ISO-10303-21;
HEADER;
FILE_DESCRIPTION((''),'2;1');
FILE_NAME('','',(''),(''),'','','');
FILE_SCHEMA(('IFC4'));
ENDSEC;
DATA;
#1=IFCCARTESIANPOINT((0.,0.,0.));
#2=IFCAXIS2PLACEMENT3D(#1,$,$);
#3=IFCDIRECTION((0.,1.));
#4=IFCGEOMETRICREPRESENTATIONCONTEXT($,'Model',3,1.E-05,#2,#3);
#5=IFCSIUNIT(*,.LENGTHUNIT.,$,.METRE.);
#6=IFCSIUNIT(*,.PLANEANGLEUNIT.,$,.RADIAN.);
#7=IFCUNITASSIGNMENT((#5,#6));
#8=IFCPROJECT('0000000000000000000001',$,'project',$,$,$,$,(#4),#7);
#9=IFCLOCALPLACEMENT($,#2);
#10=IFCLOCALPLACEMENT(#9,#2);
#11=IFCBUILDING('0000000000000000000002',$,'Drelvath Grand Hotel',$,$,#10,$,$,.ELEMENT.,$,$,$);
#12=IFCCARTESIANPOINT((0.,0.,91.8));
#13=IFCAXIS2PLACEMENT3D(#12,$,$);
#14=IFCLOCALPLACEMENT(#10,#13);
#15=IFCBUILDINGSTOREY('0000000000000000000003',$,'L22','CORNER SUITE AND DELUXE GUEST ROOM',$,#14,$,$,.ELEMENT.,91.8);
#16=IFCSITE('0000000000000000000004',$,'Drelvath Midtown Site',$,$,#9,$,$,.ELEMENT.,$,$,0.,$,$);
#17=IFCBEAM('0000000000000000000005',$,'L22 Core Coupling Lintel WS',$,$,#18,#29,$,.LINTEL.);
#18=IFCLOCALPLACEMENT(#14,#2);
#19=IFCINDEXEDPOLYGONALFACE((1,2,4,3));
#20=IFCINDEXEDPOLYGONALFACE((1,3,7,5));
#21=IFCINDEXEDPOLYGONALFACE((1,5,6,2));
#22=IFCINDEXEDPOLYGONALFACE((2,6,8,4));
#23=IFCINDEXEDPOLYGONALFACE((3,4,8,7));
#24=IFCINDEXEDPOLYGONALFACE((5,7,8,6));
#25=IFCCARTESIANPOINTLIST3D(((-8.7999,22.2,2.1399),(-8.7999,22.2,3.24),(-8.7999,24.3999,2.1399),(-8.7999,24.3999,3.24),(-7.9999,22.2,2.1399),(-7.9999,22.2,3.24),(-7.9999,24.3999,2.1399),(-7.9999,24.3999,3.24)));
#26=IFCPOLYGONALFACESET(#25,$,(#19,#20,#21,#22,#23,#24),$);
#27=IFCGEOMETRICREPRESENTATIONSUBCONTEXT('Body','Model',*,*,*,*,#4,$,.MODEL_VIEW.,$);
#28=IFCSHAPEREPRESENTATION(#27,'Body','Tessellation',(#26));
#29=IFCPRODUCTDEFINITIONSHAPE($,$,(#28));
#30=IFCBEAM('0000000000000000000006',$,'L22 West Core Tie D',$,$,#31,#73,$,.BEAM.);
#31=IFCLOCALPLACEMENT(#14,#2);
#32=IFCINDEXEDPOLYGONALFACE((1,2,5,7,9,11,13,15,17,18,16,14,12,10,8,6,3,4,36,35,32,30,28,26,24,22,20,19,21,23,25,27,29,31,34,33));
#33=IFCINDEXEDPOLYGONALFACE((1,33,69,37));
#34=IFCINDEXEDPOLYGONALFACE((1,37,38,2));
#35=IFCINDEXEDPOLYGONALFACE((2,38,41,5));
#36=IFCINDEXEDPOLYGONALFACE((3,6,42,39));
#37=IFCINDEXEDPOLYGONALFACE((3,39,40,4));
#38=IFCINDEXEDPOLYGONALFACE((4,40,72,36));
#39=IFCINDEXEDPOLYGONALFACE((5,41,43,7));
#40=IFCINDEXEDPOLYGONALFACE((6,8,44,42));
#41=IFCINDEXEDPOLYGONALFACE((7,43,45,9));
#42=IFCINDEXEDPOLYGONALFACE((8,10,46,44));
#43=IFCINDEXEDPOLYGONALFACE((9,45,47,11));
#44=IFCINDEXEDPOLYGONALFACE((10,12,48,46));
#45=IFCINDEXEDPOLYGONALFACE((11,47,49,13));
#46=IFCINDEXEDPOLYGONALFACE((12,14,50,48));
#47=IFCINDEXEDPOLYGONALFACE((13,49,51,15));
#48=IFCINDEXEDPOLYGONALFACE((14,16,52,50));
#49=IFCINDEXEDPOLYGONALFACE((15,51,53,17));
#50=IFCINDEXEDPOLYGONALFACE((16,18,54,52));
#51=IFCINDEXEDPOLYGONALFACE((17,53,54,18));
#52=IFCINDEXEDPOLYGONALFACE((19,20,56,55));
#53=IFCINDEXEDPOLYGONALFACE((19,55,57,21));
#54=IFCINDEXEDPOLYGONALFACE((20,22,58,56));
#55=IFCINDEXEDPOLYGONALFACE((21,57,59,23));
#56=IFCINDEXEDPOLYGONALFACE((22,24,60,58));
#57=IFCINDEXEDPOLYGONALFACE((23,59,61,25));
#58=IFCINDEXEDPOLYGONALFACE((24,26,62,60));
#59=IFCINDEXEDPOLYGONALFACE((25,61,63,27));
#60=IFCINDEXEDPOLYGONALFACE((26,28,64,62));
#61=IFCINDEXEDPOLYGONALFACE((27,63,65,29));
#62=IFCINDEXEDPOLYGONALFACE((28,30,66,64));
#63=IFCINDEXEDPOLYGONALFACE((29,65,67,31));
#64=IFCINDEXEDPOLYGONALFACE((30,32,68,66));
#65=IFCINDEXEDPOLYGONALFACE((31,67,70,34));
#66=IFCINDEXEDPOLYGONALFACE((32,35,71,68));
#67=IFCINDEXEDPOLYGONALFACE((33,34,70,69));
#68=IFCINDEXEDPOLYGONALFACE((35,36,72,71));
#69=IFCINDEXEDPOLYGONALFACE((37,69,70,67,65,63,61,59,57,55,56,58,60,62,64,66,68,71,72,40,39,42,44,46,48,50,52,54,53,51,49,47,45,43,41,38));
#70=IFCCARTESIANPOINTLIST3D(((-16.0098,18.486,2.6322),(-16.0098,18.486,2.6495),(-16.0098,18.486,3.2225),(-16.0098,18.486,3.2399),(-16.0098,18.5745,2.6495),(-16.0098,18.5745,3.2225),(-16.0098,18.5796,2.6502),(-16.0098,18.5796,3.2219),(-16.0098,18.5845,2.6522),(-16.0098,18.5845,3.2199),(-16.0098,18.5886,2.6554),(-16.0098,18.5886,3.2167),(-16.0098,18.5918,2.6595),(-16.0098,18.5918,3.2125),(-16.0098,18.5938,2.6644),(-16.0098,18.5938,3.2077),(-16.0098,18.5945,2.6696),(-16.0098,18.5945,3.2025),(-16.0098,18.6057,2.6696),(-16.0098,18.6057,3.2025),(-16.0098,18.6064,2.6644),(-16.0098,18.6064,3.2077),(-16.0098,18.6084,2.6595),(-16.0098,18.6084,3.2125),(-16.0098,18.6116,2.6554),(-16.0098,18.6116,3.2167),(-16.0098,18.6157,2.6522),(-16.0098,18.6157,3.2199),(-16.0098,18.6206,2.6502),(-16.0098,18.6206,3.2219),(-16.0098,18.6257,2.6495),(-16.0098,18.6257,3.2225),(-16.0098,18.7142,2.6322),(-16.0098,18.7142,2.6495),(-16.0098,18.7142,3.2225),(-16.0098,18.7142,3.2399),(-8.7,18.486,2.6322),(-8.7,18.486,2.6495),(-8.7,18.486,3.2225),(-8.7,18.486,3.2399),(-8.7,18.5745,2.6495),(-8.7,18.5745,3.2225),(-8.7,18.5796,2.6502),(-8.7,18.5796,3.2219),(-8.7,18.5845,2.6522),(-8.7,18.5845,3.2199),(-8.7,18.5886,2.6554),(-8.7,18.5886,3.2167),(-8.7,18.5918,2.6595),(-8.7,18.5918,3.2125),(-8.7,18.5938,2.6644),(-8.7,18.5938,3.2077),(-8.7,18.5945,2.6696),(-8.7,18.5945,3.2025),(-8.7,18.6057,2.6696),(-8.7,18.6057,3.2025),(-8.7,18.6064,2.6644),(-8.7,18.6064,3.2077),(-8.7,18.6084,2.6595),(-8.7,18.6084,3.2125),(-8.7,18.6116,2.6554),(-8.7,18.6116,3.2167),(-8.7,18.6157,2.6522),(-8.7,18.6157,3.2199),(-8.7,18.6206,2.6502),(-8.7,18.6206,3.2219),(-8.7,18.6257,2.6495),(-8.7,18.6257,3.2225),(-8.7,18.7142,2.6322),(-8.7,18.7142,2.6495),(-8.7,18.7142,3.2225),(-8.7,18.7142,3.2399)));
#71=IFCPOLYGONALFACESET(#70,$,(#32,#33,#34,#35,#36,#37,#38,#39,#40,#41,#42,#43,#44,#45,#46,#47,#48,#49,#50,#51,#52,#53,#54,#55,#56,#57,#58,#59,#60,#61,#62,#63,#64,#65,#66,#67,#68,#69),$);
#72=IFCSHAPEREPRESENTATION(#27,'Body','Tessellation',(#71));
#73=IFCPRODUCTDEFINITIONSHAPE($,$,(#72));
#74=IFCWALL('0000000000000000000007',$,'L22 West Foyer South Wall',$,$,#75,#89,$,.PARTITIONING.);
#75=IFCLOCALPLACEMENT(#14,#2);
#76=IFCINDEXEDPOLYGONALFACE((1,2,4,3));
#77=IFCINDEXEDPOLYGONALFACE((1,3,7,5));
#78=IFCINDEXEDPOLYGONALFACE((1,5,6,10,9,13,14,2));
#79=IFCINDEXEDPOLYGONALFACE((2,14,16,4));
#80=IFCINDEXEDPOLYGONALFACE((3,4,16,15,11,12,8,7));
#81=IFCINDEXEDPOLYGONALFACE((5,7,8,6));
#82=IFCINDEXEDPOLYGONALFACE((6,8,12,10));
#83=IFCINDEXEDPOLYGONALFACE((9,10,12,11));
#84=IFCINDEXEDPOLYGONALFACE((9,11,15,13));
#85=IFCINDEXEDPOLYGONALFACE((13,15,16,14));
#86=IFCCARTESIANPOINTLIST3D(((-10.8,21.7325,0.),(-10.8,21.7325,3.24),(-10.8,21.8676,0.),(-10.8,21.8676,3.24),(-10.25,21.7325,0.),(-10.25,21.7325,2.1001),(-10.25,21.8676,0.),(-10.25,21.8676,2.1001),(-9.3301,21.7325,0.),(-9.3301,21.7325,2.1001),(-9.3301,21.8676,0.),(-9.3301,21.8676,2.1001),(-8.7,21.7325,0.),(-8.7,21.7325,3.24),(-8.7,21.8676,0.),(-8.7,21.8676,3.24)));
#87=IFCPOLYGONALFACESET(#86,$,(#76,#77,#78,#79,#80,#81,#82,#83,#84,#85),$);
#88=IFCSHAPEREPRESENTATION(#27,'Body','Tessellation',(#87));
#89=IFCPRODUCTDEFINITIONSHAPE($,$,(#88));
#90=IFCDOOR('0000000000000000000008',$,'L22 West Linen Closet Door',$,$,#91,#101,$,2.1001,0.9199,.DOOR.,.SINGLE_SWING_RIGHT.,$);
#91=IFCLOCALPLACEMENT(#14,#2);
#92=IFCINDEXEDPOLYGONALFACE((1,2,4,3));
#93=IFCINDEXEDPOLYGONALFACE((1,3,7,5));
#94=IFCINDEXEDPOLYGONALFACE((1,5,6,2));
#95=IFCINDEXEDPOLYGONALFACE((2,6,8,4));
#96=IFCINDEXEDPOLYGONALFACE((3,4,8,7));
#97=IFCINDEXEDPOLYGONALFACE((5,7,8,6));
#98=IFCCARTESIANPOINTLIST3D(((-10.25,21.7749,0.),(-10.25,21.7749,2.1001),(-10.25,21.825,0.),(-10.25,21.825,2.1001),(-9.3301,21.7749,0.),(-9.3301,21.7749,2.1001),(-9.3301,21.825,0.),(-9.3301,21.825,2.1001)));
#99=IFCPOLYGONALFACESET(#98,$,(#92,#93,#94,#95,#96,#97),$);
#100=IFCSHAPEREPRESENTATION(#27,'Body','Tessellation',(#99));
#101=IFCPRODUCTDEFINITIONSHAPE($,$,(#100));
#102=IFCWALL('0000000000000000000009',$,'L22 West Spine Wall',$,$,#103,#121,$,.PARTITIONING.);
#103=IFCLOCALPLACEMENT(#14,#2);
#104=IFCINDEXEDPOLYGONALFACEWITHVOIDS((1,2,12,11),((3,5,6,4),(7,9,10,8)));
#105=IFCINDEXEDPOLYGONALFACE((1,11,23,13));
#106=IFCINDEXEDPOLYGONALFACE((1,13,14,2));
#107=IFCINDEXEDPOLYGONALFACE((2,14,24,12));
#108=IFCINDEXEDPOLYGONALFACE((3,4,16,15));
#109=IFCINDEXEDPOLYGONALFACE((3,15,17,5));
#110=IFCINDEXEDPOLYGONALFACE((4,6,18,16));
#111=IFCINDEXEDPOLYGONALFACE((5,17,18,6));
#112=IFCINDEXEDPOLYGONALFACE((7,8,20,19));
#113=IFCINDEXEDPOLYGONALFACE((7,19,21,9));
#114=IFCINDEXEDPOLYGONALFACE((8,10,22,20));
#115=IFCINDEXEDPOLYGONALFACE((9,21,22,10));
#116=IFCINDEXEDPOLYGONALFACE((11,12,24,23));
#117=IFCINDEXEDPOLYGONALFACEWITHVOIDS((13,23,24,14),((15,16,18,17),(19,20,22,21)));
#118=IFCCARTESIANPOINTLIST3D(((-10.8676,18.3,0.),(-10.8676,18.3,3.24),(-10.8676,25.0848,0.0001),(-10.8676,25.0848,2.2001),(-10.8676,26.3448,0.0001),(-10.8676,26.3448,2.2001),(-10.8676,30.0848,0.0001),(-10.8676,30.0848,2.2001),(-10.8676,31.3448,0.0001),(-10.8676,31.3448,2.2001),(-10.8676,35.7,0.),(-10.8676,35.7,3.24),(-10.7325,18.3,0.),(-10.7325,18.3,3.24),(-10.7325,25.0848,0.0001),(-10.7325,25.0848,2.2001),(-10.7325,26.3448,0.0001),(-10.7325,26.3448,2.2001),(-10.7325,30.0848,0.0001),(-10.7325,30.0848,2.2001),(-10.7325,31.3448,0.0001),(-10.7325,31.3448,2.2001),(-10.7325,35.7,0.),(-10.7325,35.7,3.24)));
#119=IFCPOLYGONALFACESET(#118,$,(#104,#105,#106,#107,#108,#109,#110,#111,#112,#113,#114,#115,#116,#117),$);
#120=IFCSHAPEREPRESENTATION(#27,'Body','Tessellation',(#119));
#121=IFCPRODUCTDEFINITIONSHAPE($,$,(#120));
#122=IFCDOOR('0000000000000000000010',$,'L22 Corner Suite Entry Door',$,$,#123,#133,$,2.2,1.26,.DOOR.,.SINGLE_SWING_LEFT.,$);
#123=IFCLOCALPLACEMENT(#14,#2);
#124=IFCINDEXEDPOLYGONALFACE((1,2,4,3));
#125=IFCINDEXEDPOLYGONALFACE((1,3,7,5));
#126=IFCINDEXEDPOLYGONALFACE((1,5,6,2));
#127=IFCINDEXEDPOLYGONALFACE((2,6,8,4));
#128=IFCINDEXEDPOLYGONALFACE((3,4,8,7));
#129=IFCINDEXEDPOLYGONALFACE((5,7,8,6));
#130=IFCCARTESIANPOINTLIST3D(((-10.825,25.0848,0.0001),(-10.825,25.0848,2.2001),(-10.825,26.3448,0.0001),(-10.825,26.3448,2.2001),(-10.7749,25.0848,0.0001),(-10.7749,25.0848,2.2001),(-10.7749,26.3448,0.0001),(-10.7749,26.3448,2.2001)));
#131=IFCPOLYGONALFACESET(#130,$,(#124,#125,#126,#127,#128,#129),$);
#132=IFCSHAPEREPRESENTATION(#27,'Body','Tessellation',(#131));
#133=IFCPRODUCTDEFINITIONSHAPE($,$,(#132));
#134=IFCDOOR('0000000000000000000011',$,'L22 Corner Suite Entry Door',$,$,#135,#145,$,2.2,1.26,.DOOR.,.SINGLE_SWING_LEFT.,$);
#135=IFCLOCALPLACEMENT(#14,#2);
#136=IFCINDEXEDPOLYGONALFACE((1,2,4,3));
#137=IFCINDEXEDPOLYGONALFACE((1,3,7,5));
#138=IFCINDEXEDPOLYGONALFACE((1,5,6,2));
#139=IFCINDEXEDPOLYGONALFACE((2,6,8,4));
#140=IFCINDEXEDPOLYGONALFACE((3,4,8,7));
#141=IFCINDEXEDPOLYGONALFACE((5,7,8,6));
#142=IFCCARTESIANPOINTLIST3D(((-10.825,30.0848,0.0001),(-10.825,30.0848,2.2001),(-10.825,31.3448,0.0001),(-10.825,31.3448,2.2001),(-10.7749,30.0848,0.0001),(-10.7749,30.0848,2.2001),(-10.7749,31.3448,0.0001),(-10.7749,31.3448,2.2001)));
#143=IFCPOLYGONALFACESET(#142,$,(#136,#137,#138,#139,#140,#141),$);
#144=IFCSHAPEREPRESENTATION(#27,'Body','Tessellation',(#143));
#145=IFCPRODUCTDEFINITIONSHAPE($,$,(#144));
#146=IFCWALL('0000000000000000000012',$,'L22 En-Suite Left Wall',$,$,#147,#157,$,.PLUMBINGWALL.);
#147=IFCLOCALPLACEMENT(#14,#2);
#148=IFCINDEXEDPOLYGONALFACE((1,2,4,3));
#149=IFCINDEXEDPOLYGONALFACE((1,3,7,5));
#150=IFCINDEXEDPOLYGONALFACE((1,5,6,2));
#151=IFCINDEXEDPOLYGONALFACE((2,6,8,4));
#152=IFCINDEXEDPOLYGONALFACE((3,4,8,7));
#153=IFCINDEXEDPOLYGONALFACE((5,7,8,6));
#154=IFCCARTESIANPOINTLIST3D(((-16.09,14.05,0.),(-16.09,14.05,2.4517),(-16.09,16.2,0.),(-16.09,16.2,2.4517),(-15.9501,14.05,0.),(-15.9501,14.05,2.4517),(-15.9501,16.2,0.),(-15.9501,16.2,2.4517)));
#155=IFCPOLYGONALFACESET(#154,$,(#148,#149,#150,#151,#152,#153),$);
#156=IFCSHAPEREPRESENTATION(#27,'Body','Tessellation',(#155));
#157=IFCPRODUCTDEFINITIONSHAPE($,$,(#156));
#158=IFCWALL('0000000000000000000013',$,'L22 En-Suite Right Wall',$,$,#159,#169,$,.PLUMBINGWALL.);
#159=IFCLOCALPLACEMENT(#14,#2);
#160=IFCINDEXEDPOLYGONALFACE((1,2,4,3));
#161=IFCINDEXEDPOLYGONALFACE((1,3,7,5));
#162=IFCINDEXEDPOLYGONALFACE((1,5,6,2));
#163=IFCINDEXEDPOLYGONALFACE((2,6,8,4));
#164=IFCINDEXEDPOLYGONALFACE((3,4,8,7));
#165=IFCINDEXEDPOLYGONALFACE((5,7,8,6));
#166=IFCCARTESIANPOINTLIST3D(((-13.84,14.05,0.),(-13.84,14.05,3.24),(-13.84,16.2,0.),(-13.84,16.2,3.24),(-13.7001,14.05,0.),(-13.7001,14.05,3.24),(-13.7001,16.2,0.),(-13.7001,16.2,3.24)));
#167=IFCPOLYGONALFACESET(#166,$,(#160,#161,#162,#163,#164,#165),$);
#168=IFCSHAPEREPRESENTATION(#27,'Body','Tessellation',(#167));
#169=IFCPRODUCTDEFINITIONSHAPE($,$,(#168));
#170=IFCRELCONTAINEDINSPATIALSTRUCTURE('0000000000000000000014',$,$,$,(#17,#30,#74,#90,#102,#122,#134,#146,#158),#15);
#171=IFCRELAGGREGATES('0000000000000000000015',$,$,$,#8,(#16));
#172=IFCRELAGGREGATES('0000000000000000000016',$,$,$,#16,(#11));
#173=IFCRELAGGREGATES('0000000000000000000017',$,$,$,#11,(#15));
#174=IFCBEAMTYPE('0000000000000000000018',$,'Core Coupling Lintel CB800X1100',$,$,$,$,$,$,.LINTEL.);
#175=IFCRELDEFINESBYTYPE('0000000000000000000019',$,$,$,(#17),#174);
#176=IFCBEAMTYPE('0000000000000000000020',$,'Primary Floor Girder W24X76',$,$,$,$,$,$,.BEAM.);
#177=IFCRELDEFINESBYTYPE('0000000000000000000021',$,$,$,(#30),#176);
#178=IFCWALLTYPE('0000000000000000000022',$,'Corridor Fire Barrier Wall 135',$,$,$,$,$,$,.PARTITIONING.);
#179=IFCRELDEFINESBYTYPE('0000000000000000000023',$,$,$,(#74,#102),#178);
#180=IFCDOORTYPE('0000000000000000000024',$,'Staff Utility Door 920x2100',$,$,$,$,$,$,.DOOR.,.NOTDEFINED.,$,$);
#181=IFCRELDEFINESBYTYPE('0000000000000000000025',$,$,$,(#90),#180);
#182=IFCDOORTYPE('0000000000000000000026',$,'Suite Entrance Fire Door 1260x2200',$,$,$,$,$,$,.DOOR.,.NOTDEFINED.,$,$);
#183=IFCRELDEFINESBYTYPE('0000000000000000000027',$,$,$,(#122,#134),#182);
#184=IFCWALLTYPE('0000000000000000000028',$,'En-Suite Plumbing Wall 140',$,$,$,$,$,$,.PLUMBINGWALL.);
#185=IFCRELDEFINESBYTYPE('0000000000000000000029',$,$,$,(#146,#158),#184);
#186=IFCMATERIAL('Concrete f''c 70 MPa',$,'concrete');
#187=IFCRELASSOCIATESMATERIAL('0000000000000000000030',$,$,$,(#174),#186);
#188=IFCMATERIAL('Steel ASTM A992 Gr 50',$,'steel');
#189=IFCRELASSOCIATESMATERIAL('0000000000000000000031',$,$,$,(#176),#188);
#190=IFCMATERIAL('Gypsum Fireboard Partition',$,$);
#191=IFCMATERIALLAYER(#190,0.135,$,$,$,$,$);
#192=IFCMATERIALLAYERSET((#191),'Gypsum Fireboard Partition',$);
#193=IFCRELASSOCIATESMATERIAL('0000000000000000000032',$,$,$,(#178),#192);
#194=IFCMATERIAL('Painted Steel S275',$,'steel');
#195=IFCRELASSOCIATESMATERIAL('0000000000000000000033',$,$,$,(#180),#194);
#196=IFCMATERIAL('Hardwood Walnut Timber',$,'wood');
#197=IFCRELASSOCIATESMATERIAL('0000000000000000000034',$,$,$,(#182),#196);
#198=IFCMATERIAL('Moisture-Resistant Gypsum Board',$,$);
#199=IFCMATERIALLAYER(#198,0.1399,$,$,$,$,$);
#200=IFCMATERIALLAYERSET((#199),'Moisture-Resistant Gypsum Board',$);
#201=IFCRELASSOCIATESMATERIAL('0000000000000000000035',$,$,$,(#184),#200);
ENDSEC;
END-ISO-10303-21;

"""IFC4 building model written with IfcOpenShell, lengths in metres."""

from ifc_helpers import new_model, si_unit, direction, frame, frame_2d, origin, origin_2d, place, context, subcontext, project, spatial, rectangle, i_section, extrude, material, layer, layer_set, material_profile, profile_set, type_object, element, fill, save


model = new_model("IFC4")

# Units and contexts
model_context = context("Model", 3, precision=1e-05, world=origin(), true_north=direction((0.0, 1.0)))
body_context = subcontext(model_context, "Body", "Model", "MODEL_VIEW")
ifc_project = project(units=[si_unit("LENGTHUNIT", "METRE"), si_unit("PLANEANGLEUNIT", "RADIAN")], contexts=[model_context])

# Site, building, storey
site_placement = place(None, origin())
site = spatial("IfcSite", under=ifc_project, at=site_placement, Name="Drelvath Midtown Site", CompositionType="ELEMENT", RefElevation=0.0)
building_placement = place(site_placement, origin())
building = spatial("IfcBuilding", under=site, at=building_placement, Name="Drelvath Grand Hotel", CompositionType="ELEMENT")
storey_placement = place(building_placement, frame((0.0, 0.0, 91.8)))
storey = spatial("IfcBuildingStorey", under=building, at=storey_placement, Name="L22", Description="CORNER SUITE AND DELUXE GUEST ROOM", CompositionType="ELEMENT", Elevation=91.8)

# Beams
ifc_material_1 = material(Name="Concrete f'c 70 MPa", Category="concrete")
ifc_material_profile_1 = material_profile(ifc_material_1, rectangle(XDim=0.8, YDim=1.1001, at=origin_2d()), Name="CB800X1100")
ifc_profile_set_1 = profile_set([ifc_material_profile_1], Name="Concrete f'c 70 MPa")
beam_type_1 = type_object("IfcBeamType", Name="Core Coupling Lintel CB800X1100", PredefinedType="LINTEL", material=ifc_profile_set_1)
beam_1_placement = place(storey_placement, frame((-8.3999, 22.2, 2.6899), z_axis=(0.0, 1.0, 0.0), x_axis=(-1.0, 0.0, 0.0)))
element("IfcBeam", 1, at=beam_1_placement, inside=storey, type_object=beam_type_1, Name="L22 Core Coupling Lintel WS", PredefinedType="LINTEL", context=body_context, shape_type="SweptSolid", body=[
    extrude(rectangle(XDim=0.8, YDim=1.1001, at=origin_2d()), origin(), (0.0, 0.0, 1.0), 2.2),
])
ifc_material_2 = material(Name="Steel ASTM A992 Gr 50", Category="steel")
ifc_material_profile_2 = material_profile(ifc_material_2, i_section(OverallWidth=0.2283, OverallDepth=0.6077, WebThickness=0.0112, FlangeThickness=0.0173, FilletRadius=0.02, at=origin_2d()), Name="W24X76")
ifc_profile_set_2 = profile_set([ifc_material_profile_2], Name="Steel ASTM A992 Gr 50")
beam_type_2 = type_object("IfcBeamType", Name="Primary Floor Girder W24X76", PredefinedType="BEAM", material=ifc_profile_set_2)
beam_2_placement = place(storey_placement, frame((-16.0098, 18.6001, 2.936), z_axis=(1.0, 0.0, 0.0), x_axis=(0.0, 1.0, 0.0)))
element("IfcBeam", 2, at=beam_2_placement, inside=storey, type_object=beam_type_2, Name="L22 West Core Tie D", PredefinedType="BEAM", context=body_context, shape_type="SweptSolid", body=[
    extrude(i_section(OverallWidth=0.2283, OverallDepth=0.6077, WebThickness=0.0112, FlangeThickness=0.0173, FilletRadius=0.02, at=origin_2d()), origin(), (0.0, 0.0, 1.0), 7.3098),
])

# Wall, opening, door
ifc_material_3 = material(Name="Gypsum Fireboard Partition")
ifc_layer_1 = layer(ifc_material_3, 0.135)
ifc_layer_set_1 = layer_set([ifc_layer_1], Name="Gypsum Fireboard Partition")
wall_type_1 = type_object("IfcWallType", Name="Corridor Fire Barrier Wall 135", PredefinedType="PARTITIONING", material=ifc_layer_set_1)
wall_1_placement = place(storey_placement, frame((-10.8, 21.8, 0.0), z_axis=(0.0, 0.0, 1.0), x_axis=(1.0, 0.0, 0.0)))
wall_1 = element("IfcWall", 3, at=wall_1_placement, inside=storey, type_object=wall_type_1, Name="L22 West Foyer South Wall", PredefinedType="PARTITIONING", context=body_context, shape_type="SweptSolid", body=[
    extrude(rectangle(XDim=2.1001, YDim=0.135, at=frame_2d((1.05, 0.0))), origin(), (0.0, 0.0, 1.0), 3.24),
])
opening_1_placement = place(wall_1_placement, frame((0.55, 0.0, 0.0)))
opening_1 = element("IfcOpeningElement", 4, at=opening_1_placement, cuts=wall_1, PredefinedType="OPENING", context=body_context, shape_type="SweptSolid", body=[
    extrude(rectangle(XDim=0.9199, YDim=2.1001, at=frame_2d((0.46, 1.05))), frame((0.0, 0.0774, 0.0), z_axis=(0.0, -1.0, 0.0), x_axis=(1.0, 0.0, 0.0)), (0.0, 0.0, 1.0), 0.155),
])
ifc_material_4 = material(Name="Painted Steel S275", Category="steel")
door_type_1 = type_object("IfcDoorType", Name="Staff Utility Door 920x2100", OperationType="NOTDEFINED", PredefinedType="DOOR", material=ifc_material_4)
door_1_placement = place(opening_1_placement, origin())
door_1 = element("IfcDoor", 5, at=door_1_placement, inside=storey, type_object=door_type_1, Name="L22 West Linen Closet Door", OperationType="SINGLE_SWING_RIGHT", OverallHeight=2.1001, OverallWidth=0.9199, PredefinedType="DOOR", context=body_context, shape_type="SweptSolid", body=[
    extrude(rectangle(XDim=0.9199, YDim=2.1001, at=frame_2d((0.46, 1.05))), frame((0.0, 0.0249, 0.0), z_axis=(0.0, -1.0, 0.0), x_axis=(1.0, 0.0, 0.0)), (0.0, 0.0, 1.0), 0.05),
])
fill(opening_1, door_1)

# Wall, openings, doors
wall_2_placement = place(storey_placement, frame((-10.8, 18.3, 0.0), z_axis=(0.0, 0.0, 1.0), x_axis=(0.0, 1.0, 0.0)))
wall_2 = element("IfcWall", 6, at=wall_2_placement, inside=storey, type_object=wall_type_1, Name="L22 West Spine Wall", PredefinedType="PARTITIONING", context=body_context, shape_type="SweptSolid", body=[
    extrude(rectangle(XDim=17.3999, YDim=0.135, at=frame_2d((8.7, 0.0))), origin(), (0.0, 0.0, 1.0), 3.24),
])
opening_2_placement = place(wall_2_placement, frame((6.7849, 0.0, 0.0)))
opening_2 = element("IfcOpeningElement", 7, at=opening_2_placement, cuts=wall_2, PredefinedType="OPENING", context=body_context, shape_type="SweptSolid", body=[
    extrude(rectangle(XDim=1.26, YDim=2.2, at=frame_2d((0.6299, 1.1001))), frame((0.0, 0.0774, 0.0), z_axis=(0.0, -1.0, 0.0), x_axis=(1.0, 0.0, 0.0)), (0.0, 0.0, 1.0), 0.155),
])
opening_3_placement = place(wall_2_placement, frame((11.7849, 0.0, 0.0)))
opening_3 = element("IfcOpeningElement", 8, at=opening_3_placement, cuts=wall_2, PredefinedType="OPENING", context=body_context, shape_type="SweptSolid", body=[
    extrude(rectangle(XDim=1.26, YDim=2.2, at=frame_2d((0.6299, 1.1001))), frame((0.0, 0.0774, 0.0), z_axis=(0.0, -1.0, 0.0), x_axis=(1.0, 0.0, 0.0)), (0.0, 0.0, 1.0), 0.155),
])
ifc_material_5 = material(Name="Hardwood Walnut Timber", Category="wood")
door_type_2 = type_object("IfcDoorType", Name="Suite Entrance Fire Door 1260x2200", OperationType="NOTDEFINED", PredefinedType="DOOR", material=ifc_material_5)
door_2_placement = place(opening_2_placement, origin())
door_2 = element("IfcDoor", 9, at=door_2_placement, inside=storey, type_object=door_type_2, Name="L22 Corner Suite Entry Door", OperationType="SINGLE_SWING_LEFT", OverallHeight=2.2, OverallWidth=1.26, PredefinedType="DOOR", context=body_context, shape_type="SweptSolid", body=[
    extrude(rectangle(XDim=1.26, YDim=2.2, at=frame_2d((0.6299, 1.1001))), frame((0.0, 0.0249, 0.0), z_axis=(0.0, -1.0, 0.0), x_axis=(1.0, 0.0, 0.0)), (0.0, 0.0, 1.0), 0.05),
])
fill(opening_2, door_2)
door_3_placement = place(opening_3_placement, origin())
door_3 = element("IfcDoor", 10, at=door_3_placement, inside=storey, type_object=door_type_2, Name="L22 Corner Suite Entry Door", OperationType="SINGLE_SWING_LEFT", OverallHeight=2.2, OverallWidth=1.26, PredefinedType="DOOR", context=body_context, shape_type="SweptSolid", body=[
    extrude(rectangle(XDim=1.26, YDim=2.2, at=frame_2d((0.6299, 1.1001))), frame((0.0, 0.0249, 0.0), z_axis=(0.0, -1.0, 0.0), x_axis=(1.0, 0.0, 0.0)), (0.0, 0.0, 1.0), 0.05),
])
fill(opening_3, door_3)

# Walls
ifc_material_6 = material(Name="Moisture-Resistant Gypsum Board")
ifc_layer_2 = layer(ifc_material_6, 0.1399)
ifc_layer_set_2 = layer_set([ifc_layer_2], Name="Moisture-Resistant Gypsum Board")
wall_type_2 = type_object("IfcWallType", Name="En-Suite Plumbing Wall 140", PredefinedType="PLUMBINGWALL", material=ifc_layer_set_2)
wall_3_placement = place(storey_placement, frame((-16.02, 16.2, 0.0), z_axis=(0.0, 0.0, 1.0), x_axis=(0.0, -1.0, 0.0)))
element("IfcWall", 11, at=wall_3_placement, inside=storey, type_object=wall_type_2, Name="L22 En-Suite Left Wall", PredefinedType="PLUMBINGWALL", context=body_context, shape_type="SweptSolid", body=[
    extrude(rectangle(XDim=2.1499, YDim=0.1399, at=frame_2d((1.075, 0.0))), origin(), (0.0, 0.0, 1.0), 2.4517),
])
for number, where, z_axis, x_axis, name in (
    (12, (-13.77, 16.2, 0.0), (0.0, 0.0, 1.0), (0.0, -1.0, 0.0), "L22 En-Suite Right Wall"),
):
    element("IfcWall", number, at=place(storey_placement, frame(where, z_axis=z_axis, x_axis=x_axis)), inside=storey, type_object=wall_type_2, Name=name, PredefinedType="PLUMBINGWALL", context=body_context, shape_type="SweptSolid", body=[
        extrude(rectangle(XDim=2.1499, YDim=0.1399, at=frame_2d((1.075, 0.0))), origin(), (0.0, 0.0, 1.0), 3.24),
    ])

save(model, "model.ifc")
